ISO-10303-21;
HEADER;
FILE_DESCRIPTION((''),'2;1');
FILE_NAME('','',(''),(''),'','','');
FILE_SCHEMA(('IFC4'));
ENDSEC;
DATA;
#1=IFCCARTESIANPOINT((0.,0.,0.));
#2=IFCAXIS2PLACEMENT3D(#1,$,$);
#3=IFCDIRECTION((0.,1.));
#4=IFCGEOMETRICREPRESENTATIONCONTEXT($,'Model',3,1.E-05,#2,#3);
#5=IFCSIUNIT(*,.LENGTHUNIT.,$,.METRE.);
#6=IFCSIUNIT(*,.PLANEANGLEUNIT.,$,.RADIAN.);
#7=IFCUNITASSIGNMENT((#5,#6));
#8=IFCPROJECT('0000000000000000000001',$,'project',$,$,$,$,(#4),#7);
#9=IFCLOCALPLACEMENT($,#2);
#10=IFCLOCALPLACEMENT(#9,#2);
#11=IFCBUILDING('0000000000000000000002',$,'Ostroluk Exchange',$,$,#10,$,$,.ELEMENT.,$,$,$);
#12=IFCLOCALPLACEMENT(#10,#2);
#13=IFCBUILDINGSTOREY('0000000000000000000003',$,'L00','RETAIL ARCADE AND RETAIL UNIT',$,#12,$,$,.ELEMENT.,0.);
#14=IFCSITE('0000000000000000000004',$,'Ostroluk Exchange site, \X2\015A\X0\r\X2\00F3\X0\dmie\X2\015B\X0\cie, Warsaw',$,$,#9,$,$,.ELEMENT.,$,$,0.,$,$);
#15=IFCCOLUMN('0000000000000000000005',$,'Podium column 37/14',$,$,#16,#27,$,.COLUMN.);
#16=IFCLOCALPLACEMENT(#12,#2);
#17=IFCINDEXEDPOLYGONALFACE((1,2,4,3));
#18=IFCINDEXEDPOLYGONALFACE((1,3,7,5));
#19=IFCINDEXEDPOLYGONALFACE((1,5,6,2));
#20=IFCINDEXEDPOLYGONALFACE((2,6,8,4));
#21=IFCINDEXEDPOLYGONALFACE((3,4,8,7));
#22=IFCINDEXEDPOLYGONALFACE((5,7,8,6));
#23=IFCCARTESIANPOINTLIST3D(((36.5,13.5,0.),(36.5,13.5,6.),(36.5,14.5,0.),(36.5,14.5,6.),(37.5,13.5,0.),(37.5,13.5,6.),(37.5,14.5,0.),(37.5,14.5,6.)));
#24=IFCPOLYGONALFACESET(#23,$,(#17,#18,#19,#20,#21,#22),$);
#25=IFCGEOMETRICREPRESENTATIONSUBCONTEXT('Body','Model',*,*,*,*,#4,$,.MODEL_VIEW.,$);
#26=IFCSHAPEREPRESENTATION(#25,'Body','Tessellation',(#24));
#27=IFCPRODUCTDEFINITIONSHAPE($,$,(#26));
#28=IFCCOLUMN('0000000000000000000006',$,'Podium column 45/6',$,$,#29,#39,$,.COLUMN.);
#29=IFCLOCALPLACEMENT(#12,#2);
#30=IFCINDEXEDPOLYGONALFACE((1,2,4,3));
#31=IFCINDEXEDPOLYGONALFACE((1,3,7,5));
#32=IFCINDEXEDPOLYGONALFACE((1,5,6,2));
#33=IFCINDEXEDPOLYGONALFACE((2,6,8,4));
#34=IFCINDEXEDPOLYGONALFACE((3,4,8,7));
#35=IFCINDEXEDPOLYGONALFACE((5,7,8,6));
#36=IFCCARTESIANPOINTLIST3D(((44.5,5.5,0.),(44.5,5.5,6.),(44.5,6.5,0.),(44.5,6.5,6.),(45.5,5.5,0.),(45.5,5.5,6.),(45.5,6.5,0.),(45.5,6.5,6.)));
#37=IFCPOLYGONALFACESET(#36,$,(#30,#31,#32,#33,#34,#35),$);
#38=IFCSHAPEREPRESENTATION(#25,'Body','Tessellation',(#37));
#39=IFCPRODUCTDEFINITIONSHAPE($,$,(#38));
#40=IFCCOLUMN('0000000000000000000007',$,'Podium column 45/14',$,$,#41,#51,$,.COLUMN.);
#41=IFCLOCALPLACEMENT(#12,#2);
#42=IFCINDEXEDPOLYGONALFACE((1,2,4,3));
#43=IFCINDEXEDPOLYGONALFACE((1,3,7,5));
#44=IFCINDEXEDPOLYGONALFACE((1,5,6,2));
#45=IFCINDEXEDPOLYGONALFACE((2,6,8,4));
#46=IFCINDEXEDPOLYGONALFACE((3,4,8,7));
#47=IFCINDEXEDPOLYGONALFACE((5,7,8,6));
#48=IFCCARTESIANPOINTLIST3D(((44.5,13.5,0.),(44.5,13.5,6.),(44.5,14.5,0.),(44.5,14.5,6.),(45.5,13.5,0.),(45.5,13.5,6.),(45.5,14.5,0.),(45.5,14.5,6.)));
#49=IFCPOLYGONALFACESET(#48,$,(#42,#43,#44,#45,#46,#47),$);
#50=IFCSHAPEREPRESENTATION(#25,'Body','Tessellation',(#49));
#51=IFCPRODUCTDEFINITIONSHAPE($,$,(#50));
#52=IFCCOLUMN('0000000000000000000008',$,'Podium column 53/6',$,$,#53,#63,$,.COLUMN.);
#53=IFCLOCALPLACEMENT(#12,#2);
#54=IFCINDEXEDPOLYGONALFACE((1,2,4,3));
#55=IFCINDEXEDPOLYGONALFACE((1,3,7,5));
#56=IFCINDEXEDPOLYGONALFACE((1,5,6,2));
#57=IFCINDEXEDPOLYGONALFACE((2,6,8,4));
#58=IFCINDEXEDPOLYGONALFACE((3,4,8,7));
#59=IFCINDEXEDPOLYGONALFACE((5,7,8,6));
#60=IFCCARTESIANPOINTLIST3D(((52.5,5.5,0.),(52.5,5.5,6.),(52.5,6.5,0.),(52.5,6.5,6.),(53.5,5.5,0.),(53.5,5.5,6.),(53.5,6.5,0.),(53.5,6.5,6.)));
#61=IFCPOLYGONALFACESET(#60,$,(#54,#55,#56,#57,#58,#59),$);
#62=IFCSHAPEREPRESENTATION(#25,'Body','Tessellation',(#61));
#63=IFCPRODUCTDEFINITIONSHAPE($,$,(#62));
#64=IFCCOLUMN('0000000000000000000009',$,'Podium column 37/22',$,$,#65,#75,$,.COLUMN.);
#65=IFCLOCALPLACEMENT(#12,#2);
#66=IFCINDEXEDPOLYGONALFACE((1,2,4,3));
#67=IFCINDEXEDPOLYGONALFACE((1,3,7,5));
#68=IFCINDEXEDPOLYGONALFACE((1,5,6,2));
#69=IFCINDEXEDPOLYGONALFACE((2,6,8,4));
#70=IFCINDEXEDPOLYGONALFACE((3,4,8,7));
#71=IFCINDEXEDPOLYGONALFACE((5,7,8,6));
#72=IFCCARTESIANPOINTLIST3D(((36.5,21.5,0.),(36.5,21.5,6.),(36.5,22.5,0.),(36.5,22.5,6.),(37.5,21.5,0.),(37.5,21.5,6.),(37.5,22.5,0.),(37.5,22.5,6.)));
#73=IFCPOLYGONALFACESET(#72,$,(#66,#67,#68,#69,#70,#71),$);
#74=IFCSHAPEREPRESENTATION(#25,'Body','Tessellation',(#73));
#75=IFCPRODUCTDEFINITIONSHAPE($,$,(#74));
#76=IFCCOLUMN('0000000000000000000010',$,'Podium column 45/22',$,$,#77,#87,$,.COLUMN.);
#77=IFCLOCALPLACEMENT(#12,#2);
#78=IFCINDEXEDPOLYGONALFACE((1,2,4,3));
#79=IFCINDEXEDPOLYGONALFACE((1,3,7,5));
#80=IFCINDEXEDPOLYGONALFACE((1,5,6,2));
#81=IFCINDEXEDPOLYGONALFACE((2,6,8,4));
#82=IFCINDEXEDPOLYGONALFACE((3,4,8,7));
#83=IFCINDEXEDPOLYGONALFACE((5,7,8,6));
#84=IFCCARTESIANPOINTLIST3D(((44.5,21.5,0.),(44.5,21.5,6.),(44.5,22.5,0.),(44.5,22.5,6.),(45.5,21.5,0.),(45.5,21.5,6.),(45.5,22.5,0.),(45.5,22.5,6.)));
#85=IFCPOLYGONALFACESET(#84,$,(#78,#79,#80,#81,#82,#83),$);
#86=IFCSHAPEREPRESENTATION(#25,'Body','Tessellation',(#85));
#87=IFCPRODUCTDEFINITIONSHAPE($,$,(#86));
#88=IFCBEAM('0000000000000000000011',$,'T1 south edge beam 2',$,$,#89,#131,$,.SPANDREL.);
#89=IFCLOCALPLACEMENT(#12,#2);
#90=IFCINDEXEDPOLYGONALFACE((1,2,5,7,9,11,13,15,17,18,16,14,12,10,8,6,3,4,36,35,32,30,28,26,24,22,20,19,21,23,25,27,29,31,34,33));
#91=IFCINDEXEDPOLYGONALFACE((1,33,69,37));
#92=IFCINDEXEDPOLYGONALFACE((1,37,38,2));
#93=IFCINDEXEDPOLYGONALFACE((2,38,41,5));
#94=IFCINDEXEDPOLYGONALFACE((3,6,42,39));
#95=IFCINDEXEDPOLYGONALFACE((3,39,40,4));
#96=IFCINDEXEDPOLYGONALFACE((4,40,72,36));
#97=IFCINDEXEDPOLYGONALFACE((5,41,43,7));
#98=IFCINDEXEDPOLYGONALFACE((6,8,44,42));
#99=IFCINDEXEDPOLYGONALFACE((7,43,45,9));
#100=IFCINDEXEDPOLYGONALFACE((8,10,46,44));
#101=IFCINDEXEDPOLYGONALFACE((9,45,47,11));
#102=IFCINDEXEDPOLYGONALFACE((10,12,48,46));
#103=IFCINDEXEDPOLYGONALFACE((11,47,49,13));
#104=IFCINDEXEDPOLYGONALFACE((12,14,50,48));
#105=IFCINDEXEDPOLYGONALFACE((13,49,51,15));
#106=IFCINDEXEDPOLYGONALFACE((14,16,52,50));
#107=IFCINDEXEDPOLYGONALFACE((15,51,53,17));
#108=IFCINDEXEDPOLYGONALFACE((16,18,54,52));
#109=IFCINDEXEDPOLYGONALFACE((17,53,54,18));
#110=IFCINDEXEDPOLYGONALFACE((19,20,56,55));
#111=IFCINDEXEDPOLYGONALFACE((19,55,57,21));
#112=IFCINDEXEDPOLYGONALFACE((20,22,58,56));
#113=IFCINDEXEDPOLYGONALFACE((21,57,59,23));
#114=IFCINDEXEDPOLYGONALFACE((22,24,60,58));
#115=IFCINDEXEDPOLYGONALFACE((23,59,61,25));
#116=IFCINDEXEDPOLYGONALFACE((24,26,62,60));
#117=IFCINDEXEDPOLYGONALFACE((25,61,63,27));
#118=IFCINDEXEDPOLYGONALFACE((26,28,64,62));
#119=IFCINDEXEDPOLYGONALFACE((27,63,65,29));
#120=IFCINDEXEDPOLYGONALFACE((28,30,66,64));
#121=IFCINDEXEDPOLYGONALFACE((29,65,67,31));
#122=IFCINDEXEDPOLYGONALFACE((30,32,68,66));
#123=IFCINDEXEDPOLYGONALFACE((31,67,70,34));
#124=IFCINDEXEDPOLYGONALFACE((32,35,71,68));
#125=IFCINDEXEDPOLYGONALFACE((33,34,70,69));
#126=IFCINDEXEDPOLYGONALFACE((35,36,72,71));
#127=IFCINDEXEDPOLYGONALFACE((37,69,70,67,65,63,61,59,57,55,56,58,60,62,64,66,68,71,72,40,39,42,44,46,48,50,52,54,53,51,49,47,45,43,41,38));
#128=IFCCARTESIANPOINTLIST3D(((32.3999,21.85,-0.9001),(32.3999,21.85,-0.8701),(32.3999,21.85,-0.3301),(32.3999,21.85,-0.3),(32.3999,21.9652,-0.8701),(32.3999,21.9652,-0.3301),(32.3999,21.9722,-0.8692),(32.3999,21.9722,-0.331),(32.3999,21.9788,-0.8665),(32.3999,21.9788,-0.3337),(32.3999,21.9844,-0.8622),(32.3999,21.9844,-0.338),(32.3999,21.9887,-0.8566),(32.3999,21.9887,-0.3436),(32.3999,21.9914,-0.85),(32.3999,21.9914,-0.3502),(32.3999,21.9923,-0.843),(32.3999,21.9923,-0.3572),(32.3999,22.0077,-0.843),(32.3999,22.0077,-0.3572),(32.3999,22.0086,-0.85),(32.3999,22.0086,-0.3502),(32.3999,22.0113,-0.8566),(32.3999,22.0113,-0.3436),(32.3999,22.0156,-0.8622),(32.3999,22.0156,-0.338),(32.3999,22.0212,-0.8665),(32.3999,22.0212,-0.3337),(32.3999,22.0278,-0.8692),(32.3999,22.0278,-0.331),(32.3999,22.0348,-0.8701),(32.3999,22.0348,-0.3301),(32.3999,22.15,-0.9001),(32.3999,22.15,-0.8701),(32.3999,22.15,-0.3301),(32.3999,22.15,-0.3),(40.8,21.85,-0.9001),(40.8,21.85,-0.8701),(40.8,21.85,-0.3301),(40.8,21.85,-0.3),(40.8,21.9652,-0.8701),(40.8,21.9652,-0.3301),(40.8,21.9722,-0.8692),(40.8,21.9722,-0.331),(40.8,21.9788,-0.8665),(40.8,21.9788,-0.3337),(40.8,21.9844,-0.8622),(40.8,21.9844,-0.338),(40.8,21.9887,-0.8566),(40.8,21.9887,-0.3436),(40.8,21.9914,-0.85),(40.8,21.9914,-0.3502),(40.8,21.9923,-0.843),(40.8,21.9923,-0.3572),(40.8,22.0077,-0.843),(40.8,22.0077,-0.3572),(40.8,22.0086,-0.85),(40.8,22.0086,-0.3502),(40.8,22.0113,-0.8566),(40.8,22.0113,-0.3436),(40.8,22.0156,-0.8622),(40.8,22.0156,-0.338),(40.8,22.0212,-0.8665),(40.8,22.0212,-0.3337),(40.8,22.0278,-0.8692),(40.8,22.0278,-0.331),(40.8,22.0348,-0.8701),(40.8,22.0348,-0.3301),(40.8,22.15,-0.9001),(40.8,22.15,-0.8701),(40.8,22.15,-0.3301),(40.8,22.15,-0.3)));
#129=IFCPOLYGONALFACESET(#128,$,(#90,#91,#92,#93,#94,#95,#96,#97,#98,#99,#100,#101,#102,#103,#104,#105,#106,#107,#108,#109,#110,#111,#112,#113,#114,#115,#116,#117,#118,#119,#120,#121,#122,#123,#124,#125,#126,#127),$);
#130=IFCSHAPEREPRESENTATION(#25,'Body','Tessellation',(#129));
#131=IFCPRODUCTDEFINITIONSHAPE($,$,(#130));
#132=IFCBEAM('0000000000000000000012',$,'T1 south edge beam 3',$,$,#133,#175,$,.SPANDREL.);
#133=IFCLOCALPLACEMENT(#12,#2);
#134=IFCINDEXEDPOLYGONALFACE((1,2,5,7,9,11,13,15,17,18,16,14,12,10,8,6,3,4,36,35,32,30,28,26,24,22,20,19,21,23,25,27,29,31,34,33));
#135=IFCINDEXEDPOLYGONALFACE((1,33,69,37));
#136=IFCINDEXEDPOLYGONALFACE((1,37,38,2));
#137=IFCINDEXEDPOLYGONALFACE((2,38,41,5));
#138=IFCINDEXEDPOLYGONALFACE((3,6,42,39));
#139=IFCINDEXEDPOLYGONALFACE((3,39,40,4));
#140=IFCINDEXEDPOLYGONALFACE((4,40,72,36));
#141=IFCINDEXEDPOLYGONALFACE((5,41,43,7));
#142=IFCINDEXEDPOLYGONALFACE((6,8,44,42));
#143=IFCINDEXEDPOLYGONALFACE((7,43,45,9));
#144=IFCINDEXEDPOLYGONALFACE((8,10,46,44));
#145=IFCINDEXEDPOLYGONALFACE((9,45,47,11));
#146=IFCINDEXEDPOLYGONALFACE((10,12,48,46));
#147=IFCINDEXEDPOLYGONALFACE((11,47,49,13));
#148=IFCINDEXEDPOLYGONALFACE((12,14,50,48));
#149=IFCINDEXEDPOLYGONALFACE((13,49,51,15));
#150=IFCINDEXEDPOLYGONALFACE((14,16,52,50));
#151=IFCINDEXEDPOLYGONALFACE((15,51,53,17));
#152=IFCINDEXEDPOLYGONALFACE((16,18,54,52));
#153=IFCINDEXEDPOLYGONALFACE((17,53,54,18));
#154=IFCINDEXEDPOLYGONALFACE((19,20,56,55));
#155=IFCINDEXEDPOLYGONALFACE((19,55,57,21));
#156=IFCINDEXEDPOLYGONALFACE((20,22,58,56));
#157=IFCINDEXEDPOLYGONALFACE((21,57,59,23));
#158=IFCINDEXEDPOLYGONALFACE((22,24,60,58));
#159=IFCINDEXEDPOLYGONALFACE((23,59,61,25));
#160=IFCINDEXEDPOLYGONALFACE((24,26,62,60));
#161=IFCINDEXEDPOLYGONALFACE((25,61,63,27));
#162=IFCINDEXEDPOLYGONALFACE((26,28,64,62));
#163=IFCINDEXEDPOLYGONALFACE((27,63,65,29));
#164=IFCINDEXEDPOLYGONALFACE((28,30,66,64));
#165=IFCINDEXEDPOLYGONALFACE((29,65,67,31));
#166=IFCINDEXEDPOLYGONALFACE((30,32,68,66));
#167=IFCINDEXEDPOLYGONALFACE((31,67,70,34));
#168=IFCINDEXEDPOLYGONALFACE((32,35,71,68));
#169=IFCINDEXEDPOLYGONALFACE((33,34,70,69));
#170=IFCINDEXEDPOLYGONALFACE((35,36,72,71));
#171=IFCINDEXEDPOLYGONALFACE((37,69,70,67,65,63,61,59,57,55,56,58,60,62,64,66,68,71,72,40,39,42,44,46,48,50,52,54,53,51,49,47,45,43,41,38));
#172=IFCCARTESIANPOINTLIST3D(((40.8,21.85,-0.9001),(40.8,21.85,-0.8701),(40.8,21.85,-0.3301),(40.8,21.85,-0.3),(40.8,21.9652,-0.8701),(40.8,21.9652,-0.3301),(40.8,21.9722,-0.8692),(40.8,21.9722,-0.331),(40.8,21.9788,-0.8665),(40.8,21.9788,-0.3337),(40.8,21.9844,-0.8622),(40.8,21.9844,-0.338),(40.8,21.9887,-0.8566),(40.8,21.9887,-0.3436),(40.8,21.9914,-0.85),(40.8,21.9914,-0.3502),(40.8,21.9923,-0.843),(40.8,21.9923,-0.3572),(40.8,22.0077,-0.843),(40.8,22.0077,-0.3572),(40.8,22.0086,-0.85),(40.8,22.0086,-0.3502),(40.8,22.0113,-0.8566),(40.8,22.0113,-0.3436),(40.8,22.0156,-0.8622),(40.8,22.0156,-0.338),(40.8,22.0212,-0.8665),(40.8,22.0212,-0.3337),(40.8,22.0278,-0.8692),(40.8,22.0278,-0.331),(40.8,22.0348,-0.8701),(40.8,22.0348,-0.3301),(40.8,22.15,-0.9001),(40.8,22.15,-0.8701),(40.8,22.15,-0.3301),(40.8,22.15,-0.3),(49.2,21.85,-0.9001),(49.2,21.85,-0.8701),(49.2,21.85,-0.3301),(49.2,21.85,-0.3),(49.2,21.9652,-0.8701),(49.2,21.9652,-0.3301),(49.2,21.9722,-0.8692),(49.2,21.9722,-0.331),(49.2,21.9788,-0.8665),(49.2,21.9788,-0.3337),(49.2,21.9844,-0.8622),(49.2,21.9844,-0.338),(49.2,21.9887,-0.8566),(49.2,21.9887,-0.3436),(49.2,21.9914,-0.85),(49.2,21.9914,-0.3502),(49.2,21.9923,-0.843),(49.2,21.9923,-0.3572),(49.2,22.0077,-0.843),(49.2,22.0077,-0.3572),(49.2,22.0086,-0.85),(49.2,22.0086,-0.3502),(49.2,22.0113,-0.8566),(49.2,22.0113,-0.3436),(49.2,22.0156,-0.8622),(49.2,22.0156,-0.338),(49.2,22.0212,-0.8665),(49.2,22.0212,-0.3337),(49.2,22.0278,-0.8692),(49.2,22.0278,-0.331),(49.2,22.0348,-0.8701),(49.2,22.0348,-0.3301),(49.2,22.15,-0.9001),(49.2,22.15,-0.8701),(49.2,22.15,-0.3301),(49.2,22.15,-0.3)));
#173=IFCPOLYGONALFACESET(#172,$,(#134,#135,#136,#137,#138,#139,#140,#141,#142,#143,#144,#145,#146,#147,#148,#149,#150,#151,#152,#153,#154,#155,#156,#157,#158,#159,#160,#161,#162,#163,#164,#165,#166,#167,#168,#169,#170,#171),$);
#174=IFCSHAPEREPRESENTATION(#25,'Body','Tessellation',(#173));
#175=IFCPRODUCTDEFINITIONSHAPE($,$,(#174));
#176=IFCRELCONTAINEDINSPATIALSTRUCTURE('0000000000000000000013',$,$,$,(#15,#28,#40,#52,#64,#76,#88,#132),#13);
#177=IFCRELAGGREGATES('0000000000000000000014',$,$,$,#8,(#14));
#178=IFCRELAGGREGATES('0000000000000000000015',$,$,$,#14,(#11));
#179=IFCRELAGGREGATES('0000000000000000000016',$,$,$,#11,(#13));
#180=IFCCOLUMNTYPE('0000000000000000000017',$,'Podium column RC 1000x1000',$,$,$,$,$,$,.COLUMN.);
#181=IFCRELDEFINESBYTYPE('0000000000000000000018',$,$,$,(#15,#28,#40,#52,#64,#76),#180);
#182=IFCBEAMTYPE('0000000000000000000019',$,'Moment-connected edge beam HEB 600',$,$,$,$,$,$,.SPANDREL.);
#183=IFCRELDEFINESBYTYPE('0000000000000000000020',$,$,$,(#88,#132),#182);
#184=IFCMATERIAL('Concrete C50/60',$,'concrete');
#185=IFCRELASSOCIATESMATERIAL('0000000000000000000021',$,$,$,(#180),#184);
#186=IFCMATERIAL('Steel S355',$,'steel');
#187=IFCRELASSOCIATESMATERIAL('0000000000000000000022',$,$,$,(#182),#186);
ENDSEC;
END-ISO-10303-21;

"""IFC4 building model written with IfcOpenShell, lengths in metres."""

from ifc_helpers import new_model, si_unit, direction, frame, origin, origin_2d, place, context, subcontext, project, spatial, rectangle, i_section, extrude, material, material_profile, profile_set, type_object, element, save


model = new_model("IFC4")

# Units and contexts
model_context = context("Model", 3, precision=1e-05, world=origin(), true_north=direction((0.0, 1.0)))
body_context = subcontext(model_context, "Body", "Model", "MODEL_VIEW")
ifc_project = project(units=[si_unit("LENGTHUNIT", "METRE"), si_unit("PLANEANGLEUNIT", "RADIAN")], contexts=[model_context])

# Site, building, storey
site_placement = place(None, origin())
site = spatial("IfcSite", under=ifc_project, at=site_placement, Name="Ostroluk Exchange site, Śródmieście, Warsaw", CompositionType="ELEMENT", RefElevation=0.0)
building_placement = place(site_placement, origin())
building = spatial("IfcBuilding", under=site, at=building_placement, Name="Ostroluk Exchange", CompositionType="ELEMENT")
storey_placement = place(building_placement, origin())
storey = spatial("IfcBuildingStorey", under=building, at=storey_placement, Name="L00", Description="RETAIL ARCADE AND RETAIL UNIT", CompositionType="ELEMENT", Elevation=0.0)

# Columns
ifc_material_1 = material(Name="Concrete C50/60", Category="concrete")
ifc_material_profile_1 = material_profile(ifc_material_1, rectangle(XDim=1.0, YDim=1.0, at=origin_2d()), Name="RC 1000x1000")
ifc_profile_set_1 = profile_set([ifc_material_profile_1], Name="Concrete C50/60")
column_type_1 = type_object("IfcColumnType", Name="Podium column RC 1000x1000", PredefinedType="COLUMN", material=ifc_profile_set_1)
for number, where, z_axis, x_axis, name in (
    (1, (37.0, 14.0, 0.0), (0.0, 0.0, 1.0), (1.0, 0.0, 0.0), "Podium column 37/14"),
    (2, (45.0, 6.0, 0.0), (0.0, 0.0, 1.0), (1.0, 0.0, 0.0), "Podium column 45/6"),
    (3, (45.0, 14.0, 0.0), (0.0, 0.0, 1.0), (1.0, 0.0, 0.0), "Podium column 45/14"),
    (4, (53.0, 6.0, 0.0), (0.0, 0.0, 1.0), (1.0, 0.0, 0.0), "Podium column 53/6"),
    (5, (37.0, 22.0, 0.0), (0.0, 0.0, 1.0), (1.0, 0.0, 0.0), "Podium column 37/22"),
    (6, (45.0, 22.0, 0.0), (0.0, 0.0, 1.0), (1.0, 0.0, 0.0), "Podium column 45/22"),
):
    element("IfcColumn", number, at=place(storey_placement, frame(where, z_axis=z_axis, x_axis=x_axis)), inside=storey, type_object=column_type_1, Name=name, PredefinedType="COLUMN", context=body_context, shape_type="SweptSolid", body=[
        extrude(rectangle(XDim=1.0, YDim=1.0, at=origin_2d()), origin(), (0.0, 0.0, 1.0), 6.0),
    ])

# Beams
ifc_material_2 = material(Name="Steel S355", Category="steel")
ifc_material_profile_2 = material_profile(ifc_material_2, i_section(OverallWidth=0.3, OverallDepth=0.6001, WebThickness=0.0154, FlangeThickness=0.03, FilletRadius=0.0271, at=origin_2d()), Name="HEB 600")
ifc_profile_set_2 = profile_set([ifc_material_profile_2], Name="Steel S355")
beam_type_1 = type_object("IfcBeamType", Name="Moment-connected edge beam HEB 600", PredefinedType="SPANDREL", material=ifc_profile_set_2)
beam_1_placement = place(storey_placement, frame((32.3999, 22.0, -0.6001), z_axis=(1.0, 0.0, 0.0), x_axis=(0.0, 1.0, 0.0)))
element("IfcBeam", 7, at=beam_1_placement, inside=storey, type_object=beam_type_1, Name="T1 south edge beam 2", PredefinedType="SPANDREL", context=body_context, shape_type="SweptSolid", body=[
    extrude(i_section(OverallWidth=0.3, OverallDepth=0.6001, WebThickness=0.0154, FlangeThickness=0.03, FilletRadius=0.0271, at=origin_2d()), origin(), (0.0, 0.0, 1.0), 8.4001),
])
beam_2_placement = place(storey_placement, frame((40.8, 22.0, -0.6001), z_axis=(1.0, 0.0, 0.0), x_axis=(0.0, 1.0, 0.0)))
element("IfcBeam", 8, at=beam_2_placement, inside=storey, type_object=beam_type_1, Name="T1 south edge beam 3", PredefinedType="SPANDREL", context=body_context, shape_type="SweptSolid", body=[
    extrude(i_section(OverallWidth=0.3, OverallDepth=0.6001, WebThickness=0.0154, FlangeThickness=0.03, FilletRadius=0.0271, at=origin_2d()), origin(), (0.0, 0.0, 1.0), 8.3999),
])

save(model, "model.ifc")
